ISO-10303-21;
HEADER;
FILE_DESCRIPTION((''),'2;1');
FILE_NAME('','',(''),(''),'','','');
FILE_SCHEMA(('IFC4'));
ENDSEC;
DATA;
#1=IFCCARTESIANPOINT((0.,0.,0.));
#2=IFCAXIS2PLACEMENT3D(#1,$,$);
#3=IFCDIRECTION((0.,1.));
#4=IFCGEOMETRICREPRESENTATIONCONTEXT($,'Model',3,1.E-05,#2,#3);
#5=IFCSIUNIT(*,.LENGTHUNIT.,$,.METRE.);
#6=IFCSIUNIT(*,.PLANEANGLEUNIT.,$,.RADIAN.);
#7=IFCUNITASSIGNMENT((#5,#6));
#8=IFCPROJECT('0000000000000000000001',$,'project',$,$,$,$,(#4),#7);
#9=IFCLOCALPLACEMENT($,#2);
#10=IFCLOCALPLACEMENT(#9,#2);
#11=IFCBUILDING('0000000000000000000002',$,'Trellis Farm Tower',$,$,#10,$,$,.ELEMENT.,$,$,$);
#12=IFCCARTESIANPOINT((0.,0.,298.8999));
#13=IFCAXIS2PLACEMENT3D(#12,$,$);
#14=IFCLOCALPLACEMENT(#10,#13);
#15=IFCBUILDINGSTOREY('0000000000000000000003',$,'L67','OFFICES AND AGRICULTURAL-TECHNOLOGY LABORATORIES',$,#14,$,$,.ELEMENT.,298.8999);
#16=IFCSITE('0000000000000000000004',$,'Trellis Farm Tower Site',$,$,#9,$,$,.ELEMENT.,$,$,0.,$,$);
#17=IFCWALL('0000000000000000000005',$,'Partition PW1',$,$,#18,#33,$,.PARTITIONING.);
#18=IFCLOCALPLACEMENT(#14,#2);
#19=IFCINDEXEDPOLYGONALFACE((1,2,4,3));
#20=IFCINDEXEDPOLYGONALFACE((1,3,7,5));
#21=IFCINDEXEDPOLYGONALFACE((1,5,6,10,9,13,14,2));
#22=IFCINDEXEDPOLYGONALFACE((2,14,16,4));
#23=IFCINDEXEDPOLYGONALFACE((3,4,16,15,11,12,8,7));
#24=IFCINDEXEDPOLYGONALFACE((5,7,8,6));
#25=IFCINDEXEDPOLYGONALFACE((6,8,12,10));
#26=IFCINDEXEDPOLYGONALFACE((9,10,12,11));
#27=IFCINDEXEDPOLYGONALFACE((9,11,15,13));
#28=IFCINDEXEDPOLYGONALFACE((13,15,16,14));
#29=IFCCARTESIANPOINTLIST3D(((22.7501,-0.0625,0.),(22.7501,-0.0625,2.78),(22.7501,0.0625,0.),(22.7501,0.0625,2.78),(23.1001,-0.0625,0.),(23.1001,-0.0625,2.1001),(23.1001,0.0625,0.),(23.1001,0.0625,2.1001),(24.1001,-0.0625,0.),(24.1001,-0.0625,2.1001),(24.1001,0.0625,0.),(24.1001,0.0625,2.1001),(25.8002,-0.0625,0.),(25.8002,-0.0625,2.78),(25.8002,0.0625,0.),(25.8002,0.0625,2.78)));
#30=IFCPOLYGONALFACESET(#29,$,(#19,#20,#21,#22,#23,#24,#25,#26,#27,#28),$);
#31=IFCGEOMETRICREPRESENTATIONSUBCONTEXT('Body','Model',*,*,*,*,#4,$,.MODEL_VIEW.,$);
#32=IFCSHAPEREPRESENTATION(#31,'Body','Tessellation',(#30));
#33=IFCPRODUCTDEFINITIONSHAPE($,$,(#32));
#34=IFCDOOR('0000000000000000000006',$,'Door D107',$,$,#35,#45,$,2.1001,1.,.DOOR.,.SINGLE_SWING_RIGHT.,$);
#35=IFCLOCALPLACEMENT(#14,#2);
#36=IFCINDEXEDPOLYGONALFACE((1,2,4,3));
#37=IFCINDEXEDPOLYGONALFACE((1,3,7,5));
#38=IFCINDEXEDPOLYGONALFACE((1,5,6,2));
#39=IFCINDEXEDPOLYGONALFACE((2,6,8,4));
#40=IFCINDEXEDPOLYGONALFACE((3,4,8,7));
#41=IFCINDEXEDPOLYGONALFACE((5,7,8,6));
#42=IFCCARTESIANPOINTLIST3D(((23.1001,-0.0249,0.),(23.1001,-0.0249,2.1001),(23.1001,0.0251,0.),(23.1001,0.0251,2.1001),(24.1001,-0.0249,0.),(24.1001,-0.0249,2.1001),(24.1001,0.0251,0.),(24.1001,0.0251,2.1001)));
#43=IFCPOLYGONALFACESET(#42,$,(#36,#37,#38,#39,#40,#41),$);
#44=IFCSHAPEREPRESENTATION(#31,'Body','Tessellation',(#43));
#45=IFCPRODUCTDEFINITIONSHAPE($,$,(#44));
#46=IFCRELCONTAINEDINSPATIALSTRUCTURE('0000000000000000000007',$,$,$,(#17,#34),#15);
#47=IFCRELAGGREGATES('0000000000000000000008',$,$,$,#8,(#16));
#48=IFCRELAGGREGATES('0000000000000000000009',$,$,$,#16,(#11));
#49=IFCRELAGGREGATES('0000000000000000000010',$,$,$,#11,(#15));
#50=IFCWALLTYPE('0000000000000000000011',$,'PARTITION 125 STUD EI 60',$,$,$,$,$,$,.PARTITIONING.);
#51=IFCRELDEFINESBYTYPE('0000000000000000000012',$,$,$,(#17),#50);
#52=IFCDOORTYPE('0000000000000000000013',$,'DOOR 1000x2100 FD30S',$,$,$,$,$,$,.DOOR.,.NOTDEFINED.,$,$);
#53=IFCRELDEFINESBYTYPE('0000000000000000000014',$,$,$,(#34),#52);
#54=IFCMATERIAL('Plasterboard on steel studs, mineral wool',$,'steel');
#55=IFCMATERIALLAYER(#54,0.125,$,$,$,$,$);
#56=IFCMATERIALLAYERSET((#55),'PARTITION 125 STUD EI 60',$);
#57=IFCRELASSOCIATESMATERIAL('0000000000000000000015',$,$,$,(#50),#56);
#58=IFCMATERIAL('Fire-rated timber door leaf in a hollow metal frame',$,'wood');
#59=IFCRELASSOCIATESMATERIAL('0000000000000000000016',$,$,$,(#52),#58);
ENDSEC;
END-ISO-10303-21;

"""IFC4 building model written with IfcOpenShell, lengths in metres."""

from ifc_helpers import new_model, si_unit, direction, frame, frame_2d, origin, place, context, subcontext, project, spatial, rectangle, extrude, source, transform, mapped, material, layer, layer_set, type_object, element, fill, save


model = new_model("IFC4")

# Units and contexts
model_context = context("Model", 3, precision=1e-05, world=origin(), true_north=direction((0.0, 1.0)))
body_context = subcontext(model_context, "Body", "Model", "MODEL_VIEW")
ifc_project = project(units=[si_unit("LENGTHUNIT", "METRE"), si_unit("PLANEANGLEUNIT", "RADIAN")], contexts=[model_context])

# Site, building, storey
site_placement = place(None, origin())
site = spatial("IfcSite", under=ifc_project, at=site_placement, Name="Trellis Farm Tower Site", CompositionType="ELEMENT", RefElevation=0.0)
building_placement = place(site_placement, origin())
building = spatial("IfcBuilding", under=site, at=building_placement, Name="Trellis Farm Tower", CompositionType="ELEMENT")
storey_placement = place(building_placement, frame((0.0, 0.0, 298.8999)))
storey = spatial("IfcBuildingStorey", under=building, at=storey_placement, Name="L67", Description="OFFICES AND AGRICULTURAL-TECHNOLOGY LABORATORIES", CompositionType="ELEMENT", Elevation=298.8999)

# Wall, opening, door
ifc_material_1 = material(Name="Plasterboard on steel studs, mineral wool", Category="steel")
ifc_layer_1 = layer(ifc_material_1, 0.125)
ifc_layer_set_1 = layer_set([ifc_layer_1], Name="PARTITION 125 STUD EI 60")
wall_type_1 = type_object("IfcWallType", Name="PARTITION 125 STUD EI 60", PredefinedType="PARTITIONING", material=ifc_layer_set_1)
shared_shape_1 = source(origin(), body_context, "Body", "SweptSolid", [
    extrude(rectangle(XDim=3.05, YDim=0.125, at=frame_2d((1.5249, 0.0))), origin(), (0.0, 0.0, 1.0), 2.78),
])
wall_1_placement = place(storey_placement, frame((25.8, 0.0, 0.0), z_axis=(0.0, 0.0, 1.0), x_axis=(-1.0, 0.0, 0.0)))
wall_1 = element("IfcWall", 1, at=wall_1_placement, inside=storey, type_object=wall_type_1, Name="Partition PW1", PredefinedType="PARTITIONING", context=body_context, shape_type="MappedRepresentation", body=[
    mapped(shared_shape_1, transform((0.0, 0.0, 0.0))),
])
shared_shape_2 = source(origin(), body_context, "Body", "SweptSolid", [
    extrude(rectangle(XDim=1.0, YDim=2.1001, at=frame_2d((0.5, 1.05))), frame((0.0, 0.0725, 0.0), z_axis=(0.0, -1.0, 0.0), x_axis=(1.0, 0.0, 0.0)), (0.0, 0.0, 1.0), 0.145),
])
opening_1_placement = place(wall_1_placement, frame((1.7, 0.0, 0.0)))
opening_1 = element("IfcOpeningElement", 2, at=opening_1_placement, cuts=wall_1, PredefinedType="OPENING", context=body_context, shape_type="MappedRepresentation", body=[
    mapped(shared_shape_2, transform((0.0, 0.0, 0.0))),
])
ifc_material_2 = material(Name="Fire-rated timber door leaf in a hollow metal frame", Category="wood")
door_type_1 = type_object("IfcDoorType", Name="DOOR 1000x2100 FD30S", OperationType="NOTDEFINED", PredefinedType="DOOR", material=ifc_material_2)
shared_shape_3 = source(origin(), body_context, "Body", "SweptSolid", [
    extrude(rectangle(XDim=1.0, YDim=2.1001, at=frame_2d((0.5, 1.05))), frame((0.0, 0.0249, 0.0), z_axis=(0.0, -1.0, 0.0), x_axis=(1.0, 0.0, 0.0)), (0.0, 0.0, 1.0), 0.05),
])
door_1_placement = place(opening_1_placement, origin())
door_1 = element("IfcDoor", 3, at=door_1_placement, inside=storey, type_object=door_type_1, Name="Door D107", OperationType="SINGLE_SWING_RIGHT", OverallHeight=2.1001, OverallWidth=1.0, PredefinedType="DOOR", context=body_context, shape_type="MappedRepresentation", body=[
    mapped(shared_shape_3, transform((0.0, 0.0, 0.0))),
])
fill(opening_1, door_1)

save(model, "model.ifc")
